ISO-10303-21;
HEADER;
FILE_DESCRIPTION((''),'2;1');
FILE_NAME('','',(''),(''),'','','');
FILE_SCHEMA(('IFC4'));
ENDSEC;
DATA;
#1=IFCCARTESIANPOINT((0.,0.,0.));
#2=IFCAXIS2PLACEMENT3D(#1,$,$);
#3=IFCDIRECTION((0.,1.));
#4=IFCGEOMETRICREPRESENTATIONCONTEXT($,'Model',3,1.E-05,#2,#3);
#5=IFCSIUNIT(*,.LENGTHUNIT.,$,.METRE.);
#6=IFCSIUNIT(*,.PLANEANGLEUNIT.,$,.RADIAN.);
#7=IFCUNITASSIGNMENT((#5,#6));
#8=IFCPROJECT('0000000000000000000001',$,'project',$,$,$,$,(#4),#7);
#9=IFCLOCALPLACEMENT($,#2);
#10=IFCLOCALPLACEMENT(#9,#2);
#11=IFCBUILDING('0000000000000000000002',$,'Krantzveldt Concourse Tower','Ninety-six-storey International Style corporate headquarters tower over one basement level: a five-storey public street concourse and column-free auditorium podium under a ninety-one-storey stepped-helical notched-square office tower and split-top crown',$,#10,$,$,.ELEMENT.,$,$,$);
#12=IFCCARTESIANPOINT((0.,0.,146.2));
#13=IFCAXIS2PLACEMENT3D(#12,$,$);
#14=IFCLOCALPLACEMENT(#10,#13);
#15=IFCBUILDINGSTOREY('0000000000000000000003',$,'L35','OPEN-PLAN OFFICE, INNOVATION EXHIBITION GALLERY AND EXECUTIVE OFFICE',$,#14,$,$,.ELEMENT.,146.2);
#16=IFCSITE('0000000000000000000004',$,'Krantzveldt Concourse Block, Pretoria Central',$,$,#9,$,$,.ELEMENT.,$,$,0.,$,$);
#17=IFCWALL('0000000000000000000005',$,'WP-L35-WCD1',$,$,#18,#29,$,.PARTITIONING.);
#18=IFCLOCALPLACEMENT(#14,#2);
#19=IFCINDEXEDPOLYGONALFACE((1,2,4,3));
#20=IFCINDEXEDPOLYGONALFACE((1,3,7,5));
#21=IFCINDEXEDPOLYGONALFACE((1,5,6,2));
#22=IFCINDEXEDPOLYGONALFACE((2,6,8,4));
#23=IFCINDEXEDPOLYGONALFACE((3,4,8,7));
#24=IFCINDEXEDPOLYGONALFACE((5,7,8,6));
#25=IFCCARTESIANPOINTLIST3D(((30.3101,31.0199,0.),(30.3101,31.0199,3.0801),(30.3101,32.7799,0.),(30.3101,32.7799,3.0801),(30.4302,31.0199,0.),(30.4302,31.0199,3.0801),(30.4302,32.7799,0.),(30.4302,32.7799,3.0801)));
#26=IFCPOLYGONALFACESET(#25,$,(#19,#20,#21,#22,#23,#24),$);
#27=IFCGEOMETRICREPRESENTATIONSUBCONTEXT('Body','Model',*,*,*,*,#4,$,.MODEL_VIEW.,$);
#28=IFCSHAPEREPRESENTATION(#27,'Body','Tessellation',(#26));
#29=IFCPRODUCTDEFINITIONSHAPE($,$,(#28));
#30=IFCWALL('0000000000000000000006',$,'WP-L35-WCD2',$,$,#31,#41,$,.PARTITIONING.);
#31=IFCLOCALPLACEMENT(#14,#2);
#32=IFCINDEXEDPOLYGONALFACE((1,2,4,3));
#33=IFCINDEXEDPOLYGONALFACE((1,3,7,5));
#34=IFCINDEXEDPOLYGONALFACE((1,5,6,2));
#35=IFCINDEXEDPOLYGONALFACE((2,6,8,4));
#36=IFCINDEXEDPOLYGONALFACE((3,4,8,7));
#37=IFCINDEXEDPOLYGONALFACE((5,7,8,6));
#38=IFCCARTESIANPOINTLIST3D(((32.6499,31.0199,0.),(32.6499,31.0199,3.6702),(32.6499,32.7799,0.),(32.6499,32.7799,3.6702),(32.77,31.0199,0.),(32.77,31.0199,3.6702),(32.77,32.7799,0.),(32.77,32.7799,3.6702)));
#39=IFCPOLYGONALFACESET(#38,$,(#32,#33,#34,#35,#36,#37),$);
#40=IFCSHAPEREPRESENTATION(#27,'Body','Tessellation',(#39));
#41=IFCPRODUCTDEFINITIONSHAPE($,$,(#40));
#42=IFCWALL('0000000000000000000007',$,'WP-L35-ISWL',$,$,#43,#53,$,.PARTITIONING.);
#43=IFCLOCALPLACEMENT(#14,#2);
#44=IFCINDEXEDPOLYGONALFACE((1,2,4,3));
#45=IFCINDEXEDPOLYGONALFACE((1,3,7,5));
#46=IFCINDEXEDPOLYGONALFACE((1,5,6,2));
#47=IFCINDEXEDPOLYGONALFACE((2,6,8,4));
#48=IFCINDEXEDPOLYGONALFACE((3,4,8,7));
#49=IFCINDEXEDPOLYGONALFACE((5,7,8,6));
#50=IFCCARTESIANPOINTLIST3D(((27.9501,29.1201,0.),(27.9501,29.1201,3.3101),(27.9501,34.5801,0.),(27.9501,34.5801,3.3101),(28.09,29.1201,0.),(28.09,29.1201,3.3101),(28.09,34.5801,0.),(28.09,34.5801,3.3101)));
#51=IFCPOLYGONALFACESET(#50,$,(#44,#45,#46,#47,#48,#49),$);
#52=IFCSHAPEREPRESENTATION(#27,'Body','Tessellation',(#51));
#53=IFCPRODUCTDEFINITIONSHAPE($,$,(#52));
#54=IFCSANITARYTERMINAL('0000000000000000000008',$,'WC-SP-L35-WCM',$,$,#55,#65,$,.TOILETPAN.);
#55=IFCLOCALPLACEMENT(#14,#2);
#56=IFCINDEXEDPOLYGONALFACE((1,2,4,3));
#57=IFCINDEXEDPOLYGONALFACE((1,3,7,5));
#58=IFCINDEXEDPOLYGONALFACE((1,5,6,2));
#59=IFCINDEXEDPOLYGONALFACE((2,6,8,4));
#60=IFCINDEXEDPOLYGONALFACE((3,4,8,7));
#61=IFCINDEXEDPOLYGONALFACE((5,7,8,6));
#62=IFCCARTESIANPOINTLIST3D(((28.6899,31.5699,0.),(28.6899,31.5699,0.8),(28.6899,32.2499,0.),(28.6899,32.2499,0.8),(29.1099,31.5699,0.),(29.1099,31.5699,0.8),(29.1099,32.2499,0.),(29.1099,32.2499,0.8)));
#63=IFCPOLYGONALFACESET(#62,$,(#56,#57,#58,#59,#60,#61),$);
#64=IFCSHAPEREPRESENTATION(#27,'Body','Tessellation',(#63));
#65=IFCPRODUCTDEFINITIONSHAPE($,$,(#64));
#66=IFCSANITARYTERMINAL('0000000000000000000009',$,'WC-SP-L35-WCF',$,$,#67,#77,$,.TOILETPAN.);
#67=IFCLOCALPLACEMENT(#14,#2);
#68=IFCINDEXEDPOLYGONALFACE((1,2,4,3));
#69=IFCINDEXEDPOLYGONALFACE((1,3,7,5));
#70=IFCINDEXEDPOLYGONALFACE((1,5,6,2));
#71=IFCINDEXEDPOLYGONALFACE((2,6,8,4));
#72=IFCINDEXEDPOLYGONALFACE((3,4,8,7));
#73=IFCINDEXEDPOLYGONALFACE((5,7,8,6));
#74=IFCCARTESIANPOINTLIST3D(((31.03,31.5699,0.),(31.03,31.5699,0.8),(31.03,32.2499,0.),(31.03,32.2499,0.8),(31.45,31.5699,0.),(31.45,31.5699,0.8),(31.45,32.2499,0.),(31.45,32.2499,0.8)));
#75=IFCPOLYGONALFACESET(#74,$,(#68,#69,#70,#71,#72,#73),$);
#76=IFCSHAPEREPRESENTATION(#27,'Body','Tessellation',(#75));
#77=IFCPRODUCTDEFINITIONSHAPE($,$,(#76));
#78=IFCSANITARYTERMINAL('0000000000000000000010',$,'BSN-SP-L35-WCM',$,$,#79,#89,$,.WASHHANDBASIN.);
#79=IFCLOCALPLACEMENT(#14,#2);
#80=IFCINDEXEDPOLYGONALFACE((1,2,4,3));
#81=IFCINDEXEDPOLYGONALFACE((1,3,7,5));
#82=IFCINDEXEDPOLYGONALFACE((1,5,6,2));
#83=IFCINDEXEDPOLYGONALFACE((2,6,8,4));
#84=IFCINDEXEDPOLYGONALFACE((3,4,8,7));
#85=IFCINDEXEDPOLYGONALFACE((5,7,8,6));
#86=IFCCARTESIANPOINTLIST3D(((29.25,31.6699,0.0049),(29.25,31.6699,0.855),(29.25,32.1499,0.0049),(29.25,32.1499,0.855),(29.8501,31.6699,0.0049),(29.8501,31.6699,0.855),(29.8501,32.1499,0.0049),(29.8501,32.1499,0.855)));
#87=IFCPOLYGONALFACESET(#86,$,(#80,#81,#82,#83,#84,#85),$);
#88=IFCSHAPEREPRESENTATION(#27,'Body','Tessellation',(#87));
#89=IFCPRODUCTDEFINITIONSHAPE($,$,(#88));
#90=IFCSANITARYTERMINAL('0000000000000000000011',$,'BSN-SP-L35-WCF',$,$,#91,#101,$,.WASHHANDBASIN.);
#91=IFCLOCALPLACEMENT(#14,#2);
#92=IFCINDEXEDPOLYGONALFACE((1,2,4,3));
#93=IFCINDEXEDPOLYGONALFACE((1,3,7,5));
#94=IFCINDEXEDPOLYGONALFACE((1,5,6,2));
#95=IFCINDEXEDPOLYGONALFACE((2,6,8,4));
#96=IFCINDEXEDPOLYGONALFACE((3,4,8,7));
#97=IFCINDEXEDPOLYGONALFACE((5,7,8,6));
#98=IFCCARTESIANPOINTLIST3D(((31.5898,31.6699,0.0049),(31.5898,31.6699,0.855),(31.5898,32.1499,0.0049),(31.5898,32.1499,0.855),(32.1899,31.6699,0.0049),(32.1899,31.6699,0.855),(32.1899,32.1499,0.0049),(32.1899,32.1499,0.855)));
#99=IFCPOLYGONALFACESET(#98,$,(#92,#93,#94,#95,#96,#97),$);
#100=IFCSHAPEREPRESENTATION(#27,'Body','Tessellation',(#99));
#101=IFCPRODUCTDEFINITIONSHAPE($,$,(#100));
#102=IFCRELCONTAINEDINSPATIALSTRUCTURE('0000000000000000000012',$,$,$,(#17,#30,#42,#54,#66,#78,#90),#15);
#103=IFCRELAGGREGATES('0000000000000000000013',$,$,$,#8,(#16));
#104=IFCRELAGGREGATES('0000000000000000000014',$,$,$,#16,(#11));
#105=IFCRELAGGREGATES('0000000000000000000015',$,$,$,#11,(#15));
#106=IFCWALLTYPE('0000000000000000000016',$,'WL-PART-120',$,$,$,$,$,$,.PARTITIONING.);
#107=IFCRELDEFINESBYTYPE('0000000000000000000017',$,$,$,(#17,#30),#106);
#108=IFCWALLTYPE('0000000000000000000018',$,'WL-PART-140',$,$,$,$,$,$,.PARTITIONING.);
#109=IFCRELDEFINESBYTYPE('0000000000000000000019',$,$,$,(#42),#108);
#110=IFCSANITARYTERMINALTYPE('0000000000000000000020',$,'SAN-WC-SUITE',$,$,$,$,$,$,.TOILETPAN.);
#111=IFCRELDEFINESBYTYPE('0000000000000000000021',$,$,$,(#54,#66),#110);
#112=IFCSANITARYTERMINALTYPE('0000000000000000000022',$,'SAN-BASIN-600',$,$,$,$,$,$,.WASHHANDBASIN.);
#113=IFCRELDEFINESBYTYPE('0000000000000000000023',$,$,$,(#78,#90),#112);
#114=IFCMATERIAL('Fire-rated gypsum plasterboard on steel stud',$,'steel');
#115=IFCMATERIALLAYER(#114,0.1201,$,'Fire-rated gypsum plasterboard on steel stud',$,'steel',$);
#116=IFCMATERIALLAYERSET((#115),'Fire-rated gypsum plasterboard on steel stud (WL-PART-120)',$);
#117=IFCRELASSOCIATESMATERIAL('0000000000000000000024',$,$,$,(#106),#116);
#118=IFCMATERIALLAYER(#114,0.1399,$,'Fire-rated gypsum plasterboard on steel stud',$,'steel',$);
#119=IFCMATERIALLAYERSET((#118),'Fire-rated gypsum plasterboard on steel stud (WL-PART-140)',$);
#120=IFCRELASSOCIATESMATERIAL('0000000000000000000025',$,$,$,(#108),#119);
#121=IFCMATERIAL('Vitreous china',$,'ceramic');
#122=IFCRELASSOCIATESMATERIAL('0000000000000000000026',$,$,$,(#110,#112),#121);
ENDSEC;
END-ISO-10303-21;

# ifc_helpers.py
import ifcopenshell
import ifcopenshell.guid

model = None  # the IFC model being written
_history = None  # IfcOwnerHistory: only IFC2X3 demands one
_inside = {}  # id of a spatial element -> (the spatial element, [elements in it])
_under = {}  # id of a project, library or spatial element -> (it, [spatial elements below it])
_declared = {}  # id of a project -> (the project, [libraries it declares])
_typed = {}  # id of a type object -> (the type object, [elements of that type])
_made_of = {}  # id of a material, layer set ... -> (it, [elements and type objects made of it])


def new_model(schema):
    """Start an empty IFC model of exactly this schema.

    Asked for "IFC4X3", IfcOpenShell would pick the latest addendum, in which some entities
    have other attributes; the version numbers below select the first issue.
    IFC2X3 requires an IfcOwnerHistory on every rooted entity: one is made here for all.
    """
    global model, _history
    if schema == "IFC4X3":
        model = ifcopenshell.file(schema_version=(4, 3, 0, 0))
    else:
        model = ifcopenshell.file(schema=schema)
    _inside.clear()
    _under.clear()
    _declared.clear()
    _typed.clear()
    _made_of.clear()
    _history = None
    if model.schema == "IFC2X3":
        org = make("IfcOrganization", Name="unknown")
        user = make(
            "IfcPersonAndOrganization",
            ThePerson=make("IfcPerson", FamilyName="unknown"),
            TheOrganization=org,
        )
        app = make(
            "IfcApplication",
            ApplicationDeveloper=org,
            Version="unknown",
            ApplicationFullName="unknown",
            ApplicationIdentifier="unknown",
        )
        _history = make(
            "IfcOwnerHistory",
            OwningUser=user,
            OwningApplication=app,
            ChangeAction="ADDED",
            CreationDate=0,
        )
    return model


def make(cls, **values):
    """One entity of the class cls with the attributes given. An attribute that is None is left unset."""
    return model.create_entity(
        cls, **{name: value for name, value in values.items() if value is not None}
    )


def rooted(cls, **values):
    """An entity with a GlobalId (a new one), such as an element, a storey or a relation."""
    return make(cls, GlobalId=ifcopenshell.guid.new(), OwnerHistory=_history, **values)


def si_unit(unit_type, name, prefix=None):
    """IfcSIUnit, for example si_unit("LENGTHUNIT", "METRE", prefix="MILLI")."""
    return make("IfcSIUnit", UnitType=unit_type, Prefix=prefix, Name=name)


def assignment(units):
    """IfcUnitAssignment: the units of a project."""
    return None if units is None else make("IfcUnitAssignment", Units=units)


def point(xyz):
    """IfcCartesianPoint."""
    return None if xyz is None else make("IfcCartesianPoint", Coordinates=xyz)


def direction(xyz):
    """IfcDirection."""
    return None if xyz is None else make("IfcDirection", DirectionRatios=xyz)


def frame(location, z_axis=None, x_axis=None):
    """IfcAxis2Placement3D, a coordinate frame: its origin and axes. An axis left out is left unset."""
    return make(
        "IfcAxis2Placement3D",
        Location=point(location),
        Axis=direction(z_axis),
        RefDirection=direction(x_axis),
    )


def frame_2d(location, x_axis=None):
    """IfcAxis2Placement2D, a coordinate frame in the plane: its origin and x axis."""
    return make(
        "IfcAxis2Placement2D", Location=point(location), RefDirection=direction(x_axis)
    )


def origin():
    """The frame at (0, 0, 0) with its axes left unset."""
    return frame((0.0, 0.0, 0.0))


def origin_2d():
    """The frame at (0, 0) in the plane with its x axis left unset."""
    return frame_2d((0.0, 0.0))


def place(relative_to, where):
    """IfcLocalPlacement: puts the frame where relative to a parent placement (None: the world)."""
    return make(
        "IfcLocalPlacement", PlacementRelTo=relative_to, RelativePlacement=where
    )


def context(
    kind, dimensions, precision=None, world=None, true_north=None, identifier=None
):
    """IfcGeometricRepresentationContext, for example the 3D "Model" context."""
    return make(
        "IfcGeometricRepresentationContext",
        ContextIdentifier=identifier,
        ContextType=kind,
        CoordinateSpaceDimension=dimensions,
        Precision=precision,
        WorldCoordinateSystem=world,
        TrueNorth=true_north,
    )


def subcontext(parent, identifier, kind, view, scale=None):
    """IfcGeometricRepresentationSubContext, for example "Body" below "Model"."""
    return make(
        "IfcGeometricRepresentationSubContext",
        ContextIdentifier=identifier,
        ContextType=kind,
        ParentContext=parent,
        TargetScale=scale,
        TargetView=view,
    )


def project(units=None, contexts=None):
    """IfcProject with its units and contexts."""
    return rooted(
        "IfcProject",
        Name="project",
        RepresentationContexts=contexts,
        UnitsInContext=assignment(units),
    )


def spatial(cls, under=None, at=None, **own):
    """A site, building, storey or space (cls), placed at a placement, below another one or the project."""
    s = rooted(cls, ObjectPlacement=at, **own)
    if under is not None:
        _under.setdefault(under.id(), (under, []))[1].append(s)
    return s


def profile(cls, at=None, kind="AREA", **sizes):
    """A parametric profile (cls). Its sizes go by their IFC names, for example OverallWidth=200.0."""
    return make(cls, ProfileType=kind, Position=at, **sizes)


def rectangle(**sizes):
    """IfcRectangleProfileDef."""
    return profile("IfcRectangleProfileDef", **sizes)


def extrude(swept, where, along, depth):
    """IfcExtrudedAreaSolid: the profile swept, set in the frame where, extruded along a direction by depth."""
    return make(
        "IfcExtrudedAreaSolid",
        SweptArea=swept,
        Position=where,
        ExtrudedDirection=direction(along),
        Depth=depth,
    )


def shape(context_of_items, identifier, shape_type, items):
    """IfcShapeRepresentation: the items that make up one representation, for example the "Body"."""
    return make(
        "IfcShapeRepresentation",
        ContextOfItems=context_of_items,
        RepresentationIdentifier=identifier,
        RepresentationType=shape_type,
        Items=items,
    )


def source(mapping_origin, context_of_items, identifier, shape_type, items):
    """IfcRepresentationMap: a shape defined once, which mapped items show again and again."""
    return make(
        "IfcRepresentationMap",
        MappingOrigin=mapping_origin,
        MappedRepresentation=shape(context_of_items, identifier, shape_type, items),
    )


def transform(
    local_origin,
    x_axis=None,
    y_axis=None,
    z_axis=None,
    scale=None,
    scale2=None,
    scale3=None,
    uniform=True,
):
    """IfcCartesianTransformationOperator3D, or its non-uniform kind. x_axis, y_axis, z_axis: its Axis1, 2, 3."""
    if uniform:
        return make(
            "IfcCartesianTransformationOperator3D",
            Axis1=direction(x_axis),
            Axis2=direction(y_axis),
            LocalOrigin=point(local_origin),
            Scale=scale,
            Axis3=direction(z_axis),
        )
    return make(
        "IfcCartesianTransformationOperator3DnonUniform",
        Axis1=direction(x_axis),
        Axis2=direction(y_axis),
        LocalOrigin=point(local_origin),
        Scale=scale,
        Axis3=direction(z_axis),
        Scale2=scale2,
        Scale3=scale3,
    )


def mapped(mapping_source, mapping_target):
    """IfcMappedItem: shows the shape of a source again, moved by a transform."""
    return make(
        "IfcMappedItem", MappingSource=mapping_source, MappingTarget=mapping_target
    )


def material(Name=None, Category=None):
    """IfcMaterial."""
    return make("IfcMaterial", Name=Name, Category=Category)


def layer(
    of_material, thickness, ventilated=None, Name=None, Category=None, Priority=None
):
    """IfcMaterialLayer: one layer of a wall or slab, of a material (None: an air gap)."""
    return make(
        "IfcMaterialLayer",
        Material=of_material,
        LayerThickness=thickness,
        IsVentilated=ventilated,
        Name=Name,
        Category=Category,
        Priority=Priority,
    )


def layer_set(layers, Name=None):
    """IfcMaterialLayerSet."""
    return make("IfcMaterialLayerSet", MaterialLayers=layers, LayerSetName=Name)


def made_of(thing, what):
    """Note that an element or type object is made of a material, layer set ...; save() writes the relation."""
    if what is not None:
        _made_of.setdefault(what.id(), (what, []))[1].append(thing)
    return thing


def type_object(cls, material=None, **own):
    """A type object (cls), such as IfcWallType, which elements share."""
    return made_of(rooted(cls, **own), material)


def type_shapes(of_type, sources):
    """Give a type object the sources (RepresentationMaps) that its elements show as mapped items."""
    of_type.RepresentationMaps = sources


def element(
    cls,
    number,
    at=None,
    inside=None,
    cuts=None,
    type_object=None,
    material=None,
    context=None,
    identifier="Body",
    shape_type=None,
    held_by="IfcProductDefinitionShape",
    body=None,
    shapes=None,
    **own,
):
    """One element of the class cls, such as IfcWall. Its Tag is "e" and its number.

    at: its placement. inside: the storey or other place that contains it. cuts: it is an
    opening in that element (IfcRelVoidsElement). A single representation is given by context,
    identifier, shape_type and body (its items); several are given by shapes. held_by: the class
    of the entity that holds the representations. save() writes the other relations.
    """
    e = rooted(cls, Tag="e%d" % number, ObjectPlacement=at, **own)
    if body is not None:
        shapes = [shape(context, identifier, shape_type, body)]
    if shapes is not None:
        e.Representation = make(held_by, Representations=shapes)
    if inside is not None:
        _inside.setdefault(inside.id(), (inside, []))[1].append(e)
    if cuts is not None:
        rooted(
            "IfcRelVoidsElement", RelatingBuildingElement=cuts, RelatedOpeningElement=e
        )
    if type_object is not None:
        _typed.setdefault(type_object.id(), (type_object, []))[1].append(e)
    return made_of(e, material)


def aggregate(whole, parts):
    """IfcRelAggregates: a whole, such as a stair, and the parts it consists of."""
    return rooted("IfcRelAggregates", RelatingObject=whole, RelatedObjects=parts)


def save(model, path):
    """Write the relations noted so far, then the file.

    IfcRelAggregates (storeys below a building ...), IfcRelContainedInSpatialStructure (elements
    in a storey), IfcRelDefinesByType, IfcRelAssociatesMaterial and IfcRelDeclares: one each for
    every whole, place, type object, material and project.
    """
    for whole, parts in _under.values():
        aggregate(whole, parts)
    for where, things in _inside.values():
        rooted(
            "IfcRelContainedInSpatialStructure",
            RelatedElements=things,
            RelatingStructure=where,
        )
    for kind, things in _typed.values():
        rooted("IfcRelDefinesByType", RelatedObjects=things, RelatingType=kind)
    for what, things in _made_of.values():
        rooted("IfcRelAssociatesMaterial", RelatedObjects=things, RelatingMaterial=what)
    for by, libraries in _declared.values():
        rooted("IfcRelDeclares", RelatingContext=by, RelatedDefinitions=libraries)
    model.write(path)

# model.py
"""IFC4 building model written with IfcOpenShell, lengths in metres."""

from ifc_helpers import new_model, si_unit, direction, frame, frame_2d, origin, origin_2d, place, context, subcontext, project, spatial, rectangle, extrude, source, transform, mapped, material, layer, layer_set, type_object, type_shapes, element, save


model = new_model("IFC4")

# Units and contexts
model_context = context("Model", 3, precision=1e-05, world=origin(), true_north=direction((0.0, 1.0)))
body_context = subcontext(model_context, "Body", "Model", "MODEL_VIEW")
ifc_project = project(units=[si_unit("LENGTHUNIT", "METRE"), si_unit("PLANEANGLEUNIT", "RADIAN")], contexts=[model_context])

# Site, building, storey
site_placement = place(None, origin())
site = spatial("IfcSite", under=ifc_project, at=site_placement, Name="Krantzveldt Concourse Block, Pretoria Central", CompositionType="ELEMENT", RefElevation=0.0)
building_placement = place(site_placement, origin())
building = spatial("IfcBuilding", under=site, at=building_placement, Name="Krantzveldt Concourse Tower", Description="Ninety-six-storey International Style corporate headquarters tower over one basement level: a five-storey public street concourse and column-free auditorium podium under a ninety-one-storey stepped-helical notched-square office tower and split-top crown", CompositionType="ELEMENT")
storey_placement = place(building_placement, frame((0.0, 0.0, 146.2)))
storey = spatial("IfcBuildingStorey", under=building, at=storey_placement, Name="L35", Description="OPEN-PLAN OFFICE, INNOVATION EXHIBITION GALLERY AND EXECUTIVE OFFICE", CompositionType="ELEMENT", Elevation=146.2)

# Shared definitions
ifc_material_1 = material(Name="Fire-rated gypsum plasterboard on steel stud", Category="steel")
ifc_layer_1 = layer(ifc_material_1, 0.1201, Name="Fire-rated gypsum plasterboard on steel stud", Category="steel")
ifc_layer_set_1 = layer_set([ifc_layer_1], Name="Fire-rated gypsum plasterboard on steel stud (WL-PART-120)")
wall_type_1 = type_object("IfcWallType", Name="WL-PART-120", PredefinedType="PARTITIONING", material=ifc_layer_set_1)

# Walls
wall_1_placement = place(storey_placement, frame((30.3701, 31.02, 0.0), z_axis=(0.0, 0.0, 1.0), x_axis=(0.0, 1.0, 0.0)))
element("IfcWall", 1, at=wall_1_placement, inside=storey, type_object=wall_type_1, Name="WP-L35-WCD1", PredefinedType="PARTITIONING", context=body_context, shape_type="SweptSolid", body=[
    extrude(rectangle(XDim=1.76, YDim=0.1201, at=frame_2d((0.8799, 0.0))), origin(), (0.0, 0.0, 1.0), 3.0801),
])
wall_2_placement = place(storey_placement, frame((32.71, 31.02, 0.0), z_axis=(0.0, 0.0, 1.0), x_axis=(0.0, 1.0, 0.0)))
element("IfcWall", 2, at=wall_2_placement, inside=storey, type_object=wall_type_1, Name="WP-L35-WCD2", PredefinedType="PARTITIONING", context=body_context, shape_type="SweptSolid", body=[
    extrude(rectangle(XDim=1.76, YDim=0.1201, at=frame_2d((0.8799, 0.0))), origin(), (0.0, 0.0, 1.0), 3.6702),
])
ifc_layer_2 = layer(ifc_material_1, 0.1399, Name="Fire-rated gypsum plasterboard on steel stud", Category="steel")
ifc_layer_set_2 = layer_set([ifc_layer_2], Name="Fire-rated gypsum plasterboard on steel stud (WL-PART-140)")
wall_type_2 = type_object("IfcWallType", Name="WL-PART-140", PredefinedType="PARTITIONING", material=ifc_layer_set_2)
wall_3_placement = place(storey_placement, frame((28.02, 29.1201, 0.0), z_axis=(0.0, 0.0, 1.0), x_axis=(0.0, 1.0, 0.0)))
element("IfcWall", 3, at=wall_3_placement, inside=storey, type_object=wall_type_2, Name="WP-L35-ISWL", PredefinedType="PARTITIONING", context=body_context, shape_type="SweptSolid", body=[
    extrude(rectangle(XDim=5.46, YDim=0.1399, at=frame_2d((2.73, 0.0))), origin(), (0.0, 0.0, 1.0), 3.3101),
])

# Sanitary terminals
ifc_material_2 = material(Name="Vitreous china", Category="ceramic")
sanitary_terminal_type_1 = type_object("IfcSanitaryTerminalType", Name="SAN-WC-SUITE", PredefinedType="TOILETPAN", material=ifc_material_2)
shared_shape_1 = source(origin(), body_context, "Body", "SweptSolid", [
    extrude(rectangle(XDim=0.4199, YDim=0.6799, at=origin_2d()), origin(), (0.0, 0.0, 1.0), 0.8),
])
type_shapes(sanitary_terminal_type_1, [shared_shape_1])
for number, where, z_axis, x_axis, name in (
    (4, (28.8999, 31.9099, 0.0), (0.0, 0.0, 1.0), (1.0, 0.0, 0.0), "WC-SP-L35-WCM"),
    (5, (31.24, 31.9099, 0.0), (0.0, 0.0, 1.0), (1.0, 0.0, 0.0), "WC-SP-L35-WCF"),
):
    element("IfcSanitaryTerminal", number, at=place(storey_placement, frame(where, z_axis=z_axis, x_axis=x_axis)), inside=storey, type_object=sanitary_terminal_type_1, Name=name, PredefinedType="TOILETPAN", context=body_context, shape_type="MappedRepresentation", body=[
        mapped(shared_shape_1, transform((0.0, 0.0, 0.0), x_axis=(1.0, 0.0, 0.0), y_axis=(0.0, 1.0, 0.0), z_axis=(0.0, 0.0, 1.0), scale=1.0)),
    ])
sanitary_terminal_type_2 = type_object("IfcSanitaryTerminalType", Name="SAN-BASIN-600", PredefinedType="WASHHANDBASIN", material=ifc_material_2)
shared_shape_2 = source(origin(), body_context, "Body", "SweptSolid", [
    extrude(rectangle(XDim=0.6001, YDim=0.48, at=origin_2d()), origin(), (0.0, 0.0, 1.0), 0.8501),
])
type_shapes(sanitary_terminal_type_2, [shared_shape_2])
for number, where, z_axis, x_axis, name in (
    (6, (29.55, 31.9099, 0.0049), (0.0, 0.0, 1.0), (1.0, 0.0, 0.0), "BSN-SP-L35-WCM"),
    (7, (31.8899, 31.9099, 0.0049), (0.0, 0.0, 1.0), (1.0, 0.0, 0.0), "BSN-SP-L35-WCF"),
):
    element("IfcSanitaryTerminal", number, at=place(storey_placement, frame(where, z_axis=z_axis, x_axis=x_axis)), inside=storey, type_object=sanitary_terminal_type_2, Name=name, PredefinedType="WASHHANDBASIN", context=body_context, shape_type="MappedRepresentation", body=[
        mapped(shared_shape_2, transform((0.0, 0.0, 0.0), x_axis=(1.0, 0.0, 0.0), y_axis=(0.0, 1.0, 0.0), z_axis=(0.0, 0.0, 1.0), scale=1.0)),
    ])

save(model, "model.ifc")
